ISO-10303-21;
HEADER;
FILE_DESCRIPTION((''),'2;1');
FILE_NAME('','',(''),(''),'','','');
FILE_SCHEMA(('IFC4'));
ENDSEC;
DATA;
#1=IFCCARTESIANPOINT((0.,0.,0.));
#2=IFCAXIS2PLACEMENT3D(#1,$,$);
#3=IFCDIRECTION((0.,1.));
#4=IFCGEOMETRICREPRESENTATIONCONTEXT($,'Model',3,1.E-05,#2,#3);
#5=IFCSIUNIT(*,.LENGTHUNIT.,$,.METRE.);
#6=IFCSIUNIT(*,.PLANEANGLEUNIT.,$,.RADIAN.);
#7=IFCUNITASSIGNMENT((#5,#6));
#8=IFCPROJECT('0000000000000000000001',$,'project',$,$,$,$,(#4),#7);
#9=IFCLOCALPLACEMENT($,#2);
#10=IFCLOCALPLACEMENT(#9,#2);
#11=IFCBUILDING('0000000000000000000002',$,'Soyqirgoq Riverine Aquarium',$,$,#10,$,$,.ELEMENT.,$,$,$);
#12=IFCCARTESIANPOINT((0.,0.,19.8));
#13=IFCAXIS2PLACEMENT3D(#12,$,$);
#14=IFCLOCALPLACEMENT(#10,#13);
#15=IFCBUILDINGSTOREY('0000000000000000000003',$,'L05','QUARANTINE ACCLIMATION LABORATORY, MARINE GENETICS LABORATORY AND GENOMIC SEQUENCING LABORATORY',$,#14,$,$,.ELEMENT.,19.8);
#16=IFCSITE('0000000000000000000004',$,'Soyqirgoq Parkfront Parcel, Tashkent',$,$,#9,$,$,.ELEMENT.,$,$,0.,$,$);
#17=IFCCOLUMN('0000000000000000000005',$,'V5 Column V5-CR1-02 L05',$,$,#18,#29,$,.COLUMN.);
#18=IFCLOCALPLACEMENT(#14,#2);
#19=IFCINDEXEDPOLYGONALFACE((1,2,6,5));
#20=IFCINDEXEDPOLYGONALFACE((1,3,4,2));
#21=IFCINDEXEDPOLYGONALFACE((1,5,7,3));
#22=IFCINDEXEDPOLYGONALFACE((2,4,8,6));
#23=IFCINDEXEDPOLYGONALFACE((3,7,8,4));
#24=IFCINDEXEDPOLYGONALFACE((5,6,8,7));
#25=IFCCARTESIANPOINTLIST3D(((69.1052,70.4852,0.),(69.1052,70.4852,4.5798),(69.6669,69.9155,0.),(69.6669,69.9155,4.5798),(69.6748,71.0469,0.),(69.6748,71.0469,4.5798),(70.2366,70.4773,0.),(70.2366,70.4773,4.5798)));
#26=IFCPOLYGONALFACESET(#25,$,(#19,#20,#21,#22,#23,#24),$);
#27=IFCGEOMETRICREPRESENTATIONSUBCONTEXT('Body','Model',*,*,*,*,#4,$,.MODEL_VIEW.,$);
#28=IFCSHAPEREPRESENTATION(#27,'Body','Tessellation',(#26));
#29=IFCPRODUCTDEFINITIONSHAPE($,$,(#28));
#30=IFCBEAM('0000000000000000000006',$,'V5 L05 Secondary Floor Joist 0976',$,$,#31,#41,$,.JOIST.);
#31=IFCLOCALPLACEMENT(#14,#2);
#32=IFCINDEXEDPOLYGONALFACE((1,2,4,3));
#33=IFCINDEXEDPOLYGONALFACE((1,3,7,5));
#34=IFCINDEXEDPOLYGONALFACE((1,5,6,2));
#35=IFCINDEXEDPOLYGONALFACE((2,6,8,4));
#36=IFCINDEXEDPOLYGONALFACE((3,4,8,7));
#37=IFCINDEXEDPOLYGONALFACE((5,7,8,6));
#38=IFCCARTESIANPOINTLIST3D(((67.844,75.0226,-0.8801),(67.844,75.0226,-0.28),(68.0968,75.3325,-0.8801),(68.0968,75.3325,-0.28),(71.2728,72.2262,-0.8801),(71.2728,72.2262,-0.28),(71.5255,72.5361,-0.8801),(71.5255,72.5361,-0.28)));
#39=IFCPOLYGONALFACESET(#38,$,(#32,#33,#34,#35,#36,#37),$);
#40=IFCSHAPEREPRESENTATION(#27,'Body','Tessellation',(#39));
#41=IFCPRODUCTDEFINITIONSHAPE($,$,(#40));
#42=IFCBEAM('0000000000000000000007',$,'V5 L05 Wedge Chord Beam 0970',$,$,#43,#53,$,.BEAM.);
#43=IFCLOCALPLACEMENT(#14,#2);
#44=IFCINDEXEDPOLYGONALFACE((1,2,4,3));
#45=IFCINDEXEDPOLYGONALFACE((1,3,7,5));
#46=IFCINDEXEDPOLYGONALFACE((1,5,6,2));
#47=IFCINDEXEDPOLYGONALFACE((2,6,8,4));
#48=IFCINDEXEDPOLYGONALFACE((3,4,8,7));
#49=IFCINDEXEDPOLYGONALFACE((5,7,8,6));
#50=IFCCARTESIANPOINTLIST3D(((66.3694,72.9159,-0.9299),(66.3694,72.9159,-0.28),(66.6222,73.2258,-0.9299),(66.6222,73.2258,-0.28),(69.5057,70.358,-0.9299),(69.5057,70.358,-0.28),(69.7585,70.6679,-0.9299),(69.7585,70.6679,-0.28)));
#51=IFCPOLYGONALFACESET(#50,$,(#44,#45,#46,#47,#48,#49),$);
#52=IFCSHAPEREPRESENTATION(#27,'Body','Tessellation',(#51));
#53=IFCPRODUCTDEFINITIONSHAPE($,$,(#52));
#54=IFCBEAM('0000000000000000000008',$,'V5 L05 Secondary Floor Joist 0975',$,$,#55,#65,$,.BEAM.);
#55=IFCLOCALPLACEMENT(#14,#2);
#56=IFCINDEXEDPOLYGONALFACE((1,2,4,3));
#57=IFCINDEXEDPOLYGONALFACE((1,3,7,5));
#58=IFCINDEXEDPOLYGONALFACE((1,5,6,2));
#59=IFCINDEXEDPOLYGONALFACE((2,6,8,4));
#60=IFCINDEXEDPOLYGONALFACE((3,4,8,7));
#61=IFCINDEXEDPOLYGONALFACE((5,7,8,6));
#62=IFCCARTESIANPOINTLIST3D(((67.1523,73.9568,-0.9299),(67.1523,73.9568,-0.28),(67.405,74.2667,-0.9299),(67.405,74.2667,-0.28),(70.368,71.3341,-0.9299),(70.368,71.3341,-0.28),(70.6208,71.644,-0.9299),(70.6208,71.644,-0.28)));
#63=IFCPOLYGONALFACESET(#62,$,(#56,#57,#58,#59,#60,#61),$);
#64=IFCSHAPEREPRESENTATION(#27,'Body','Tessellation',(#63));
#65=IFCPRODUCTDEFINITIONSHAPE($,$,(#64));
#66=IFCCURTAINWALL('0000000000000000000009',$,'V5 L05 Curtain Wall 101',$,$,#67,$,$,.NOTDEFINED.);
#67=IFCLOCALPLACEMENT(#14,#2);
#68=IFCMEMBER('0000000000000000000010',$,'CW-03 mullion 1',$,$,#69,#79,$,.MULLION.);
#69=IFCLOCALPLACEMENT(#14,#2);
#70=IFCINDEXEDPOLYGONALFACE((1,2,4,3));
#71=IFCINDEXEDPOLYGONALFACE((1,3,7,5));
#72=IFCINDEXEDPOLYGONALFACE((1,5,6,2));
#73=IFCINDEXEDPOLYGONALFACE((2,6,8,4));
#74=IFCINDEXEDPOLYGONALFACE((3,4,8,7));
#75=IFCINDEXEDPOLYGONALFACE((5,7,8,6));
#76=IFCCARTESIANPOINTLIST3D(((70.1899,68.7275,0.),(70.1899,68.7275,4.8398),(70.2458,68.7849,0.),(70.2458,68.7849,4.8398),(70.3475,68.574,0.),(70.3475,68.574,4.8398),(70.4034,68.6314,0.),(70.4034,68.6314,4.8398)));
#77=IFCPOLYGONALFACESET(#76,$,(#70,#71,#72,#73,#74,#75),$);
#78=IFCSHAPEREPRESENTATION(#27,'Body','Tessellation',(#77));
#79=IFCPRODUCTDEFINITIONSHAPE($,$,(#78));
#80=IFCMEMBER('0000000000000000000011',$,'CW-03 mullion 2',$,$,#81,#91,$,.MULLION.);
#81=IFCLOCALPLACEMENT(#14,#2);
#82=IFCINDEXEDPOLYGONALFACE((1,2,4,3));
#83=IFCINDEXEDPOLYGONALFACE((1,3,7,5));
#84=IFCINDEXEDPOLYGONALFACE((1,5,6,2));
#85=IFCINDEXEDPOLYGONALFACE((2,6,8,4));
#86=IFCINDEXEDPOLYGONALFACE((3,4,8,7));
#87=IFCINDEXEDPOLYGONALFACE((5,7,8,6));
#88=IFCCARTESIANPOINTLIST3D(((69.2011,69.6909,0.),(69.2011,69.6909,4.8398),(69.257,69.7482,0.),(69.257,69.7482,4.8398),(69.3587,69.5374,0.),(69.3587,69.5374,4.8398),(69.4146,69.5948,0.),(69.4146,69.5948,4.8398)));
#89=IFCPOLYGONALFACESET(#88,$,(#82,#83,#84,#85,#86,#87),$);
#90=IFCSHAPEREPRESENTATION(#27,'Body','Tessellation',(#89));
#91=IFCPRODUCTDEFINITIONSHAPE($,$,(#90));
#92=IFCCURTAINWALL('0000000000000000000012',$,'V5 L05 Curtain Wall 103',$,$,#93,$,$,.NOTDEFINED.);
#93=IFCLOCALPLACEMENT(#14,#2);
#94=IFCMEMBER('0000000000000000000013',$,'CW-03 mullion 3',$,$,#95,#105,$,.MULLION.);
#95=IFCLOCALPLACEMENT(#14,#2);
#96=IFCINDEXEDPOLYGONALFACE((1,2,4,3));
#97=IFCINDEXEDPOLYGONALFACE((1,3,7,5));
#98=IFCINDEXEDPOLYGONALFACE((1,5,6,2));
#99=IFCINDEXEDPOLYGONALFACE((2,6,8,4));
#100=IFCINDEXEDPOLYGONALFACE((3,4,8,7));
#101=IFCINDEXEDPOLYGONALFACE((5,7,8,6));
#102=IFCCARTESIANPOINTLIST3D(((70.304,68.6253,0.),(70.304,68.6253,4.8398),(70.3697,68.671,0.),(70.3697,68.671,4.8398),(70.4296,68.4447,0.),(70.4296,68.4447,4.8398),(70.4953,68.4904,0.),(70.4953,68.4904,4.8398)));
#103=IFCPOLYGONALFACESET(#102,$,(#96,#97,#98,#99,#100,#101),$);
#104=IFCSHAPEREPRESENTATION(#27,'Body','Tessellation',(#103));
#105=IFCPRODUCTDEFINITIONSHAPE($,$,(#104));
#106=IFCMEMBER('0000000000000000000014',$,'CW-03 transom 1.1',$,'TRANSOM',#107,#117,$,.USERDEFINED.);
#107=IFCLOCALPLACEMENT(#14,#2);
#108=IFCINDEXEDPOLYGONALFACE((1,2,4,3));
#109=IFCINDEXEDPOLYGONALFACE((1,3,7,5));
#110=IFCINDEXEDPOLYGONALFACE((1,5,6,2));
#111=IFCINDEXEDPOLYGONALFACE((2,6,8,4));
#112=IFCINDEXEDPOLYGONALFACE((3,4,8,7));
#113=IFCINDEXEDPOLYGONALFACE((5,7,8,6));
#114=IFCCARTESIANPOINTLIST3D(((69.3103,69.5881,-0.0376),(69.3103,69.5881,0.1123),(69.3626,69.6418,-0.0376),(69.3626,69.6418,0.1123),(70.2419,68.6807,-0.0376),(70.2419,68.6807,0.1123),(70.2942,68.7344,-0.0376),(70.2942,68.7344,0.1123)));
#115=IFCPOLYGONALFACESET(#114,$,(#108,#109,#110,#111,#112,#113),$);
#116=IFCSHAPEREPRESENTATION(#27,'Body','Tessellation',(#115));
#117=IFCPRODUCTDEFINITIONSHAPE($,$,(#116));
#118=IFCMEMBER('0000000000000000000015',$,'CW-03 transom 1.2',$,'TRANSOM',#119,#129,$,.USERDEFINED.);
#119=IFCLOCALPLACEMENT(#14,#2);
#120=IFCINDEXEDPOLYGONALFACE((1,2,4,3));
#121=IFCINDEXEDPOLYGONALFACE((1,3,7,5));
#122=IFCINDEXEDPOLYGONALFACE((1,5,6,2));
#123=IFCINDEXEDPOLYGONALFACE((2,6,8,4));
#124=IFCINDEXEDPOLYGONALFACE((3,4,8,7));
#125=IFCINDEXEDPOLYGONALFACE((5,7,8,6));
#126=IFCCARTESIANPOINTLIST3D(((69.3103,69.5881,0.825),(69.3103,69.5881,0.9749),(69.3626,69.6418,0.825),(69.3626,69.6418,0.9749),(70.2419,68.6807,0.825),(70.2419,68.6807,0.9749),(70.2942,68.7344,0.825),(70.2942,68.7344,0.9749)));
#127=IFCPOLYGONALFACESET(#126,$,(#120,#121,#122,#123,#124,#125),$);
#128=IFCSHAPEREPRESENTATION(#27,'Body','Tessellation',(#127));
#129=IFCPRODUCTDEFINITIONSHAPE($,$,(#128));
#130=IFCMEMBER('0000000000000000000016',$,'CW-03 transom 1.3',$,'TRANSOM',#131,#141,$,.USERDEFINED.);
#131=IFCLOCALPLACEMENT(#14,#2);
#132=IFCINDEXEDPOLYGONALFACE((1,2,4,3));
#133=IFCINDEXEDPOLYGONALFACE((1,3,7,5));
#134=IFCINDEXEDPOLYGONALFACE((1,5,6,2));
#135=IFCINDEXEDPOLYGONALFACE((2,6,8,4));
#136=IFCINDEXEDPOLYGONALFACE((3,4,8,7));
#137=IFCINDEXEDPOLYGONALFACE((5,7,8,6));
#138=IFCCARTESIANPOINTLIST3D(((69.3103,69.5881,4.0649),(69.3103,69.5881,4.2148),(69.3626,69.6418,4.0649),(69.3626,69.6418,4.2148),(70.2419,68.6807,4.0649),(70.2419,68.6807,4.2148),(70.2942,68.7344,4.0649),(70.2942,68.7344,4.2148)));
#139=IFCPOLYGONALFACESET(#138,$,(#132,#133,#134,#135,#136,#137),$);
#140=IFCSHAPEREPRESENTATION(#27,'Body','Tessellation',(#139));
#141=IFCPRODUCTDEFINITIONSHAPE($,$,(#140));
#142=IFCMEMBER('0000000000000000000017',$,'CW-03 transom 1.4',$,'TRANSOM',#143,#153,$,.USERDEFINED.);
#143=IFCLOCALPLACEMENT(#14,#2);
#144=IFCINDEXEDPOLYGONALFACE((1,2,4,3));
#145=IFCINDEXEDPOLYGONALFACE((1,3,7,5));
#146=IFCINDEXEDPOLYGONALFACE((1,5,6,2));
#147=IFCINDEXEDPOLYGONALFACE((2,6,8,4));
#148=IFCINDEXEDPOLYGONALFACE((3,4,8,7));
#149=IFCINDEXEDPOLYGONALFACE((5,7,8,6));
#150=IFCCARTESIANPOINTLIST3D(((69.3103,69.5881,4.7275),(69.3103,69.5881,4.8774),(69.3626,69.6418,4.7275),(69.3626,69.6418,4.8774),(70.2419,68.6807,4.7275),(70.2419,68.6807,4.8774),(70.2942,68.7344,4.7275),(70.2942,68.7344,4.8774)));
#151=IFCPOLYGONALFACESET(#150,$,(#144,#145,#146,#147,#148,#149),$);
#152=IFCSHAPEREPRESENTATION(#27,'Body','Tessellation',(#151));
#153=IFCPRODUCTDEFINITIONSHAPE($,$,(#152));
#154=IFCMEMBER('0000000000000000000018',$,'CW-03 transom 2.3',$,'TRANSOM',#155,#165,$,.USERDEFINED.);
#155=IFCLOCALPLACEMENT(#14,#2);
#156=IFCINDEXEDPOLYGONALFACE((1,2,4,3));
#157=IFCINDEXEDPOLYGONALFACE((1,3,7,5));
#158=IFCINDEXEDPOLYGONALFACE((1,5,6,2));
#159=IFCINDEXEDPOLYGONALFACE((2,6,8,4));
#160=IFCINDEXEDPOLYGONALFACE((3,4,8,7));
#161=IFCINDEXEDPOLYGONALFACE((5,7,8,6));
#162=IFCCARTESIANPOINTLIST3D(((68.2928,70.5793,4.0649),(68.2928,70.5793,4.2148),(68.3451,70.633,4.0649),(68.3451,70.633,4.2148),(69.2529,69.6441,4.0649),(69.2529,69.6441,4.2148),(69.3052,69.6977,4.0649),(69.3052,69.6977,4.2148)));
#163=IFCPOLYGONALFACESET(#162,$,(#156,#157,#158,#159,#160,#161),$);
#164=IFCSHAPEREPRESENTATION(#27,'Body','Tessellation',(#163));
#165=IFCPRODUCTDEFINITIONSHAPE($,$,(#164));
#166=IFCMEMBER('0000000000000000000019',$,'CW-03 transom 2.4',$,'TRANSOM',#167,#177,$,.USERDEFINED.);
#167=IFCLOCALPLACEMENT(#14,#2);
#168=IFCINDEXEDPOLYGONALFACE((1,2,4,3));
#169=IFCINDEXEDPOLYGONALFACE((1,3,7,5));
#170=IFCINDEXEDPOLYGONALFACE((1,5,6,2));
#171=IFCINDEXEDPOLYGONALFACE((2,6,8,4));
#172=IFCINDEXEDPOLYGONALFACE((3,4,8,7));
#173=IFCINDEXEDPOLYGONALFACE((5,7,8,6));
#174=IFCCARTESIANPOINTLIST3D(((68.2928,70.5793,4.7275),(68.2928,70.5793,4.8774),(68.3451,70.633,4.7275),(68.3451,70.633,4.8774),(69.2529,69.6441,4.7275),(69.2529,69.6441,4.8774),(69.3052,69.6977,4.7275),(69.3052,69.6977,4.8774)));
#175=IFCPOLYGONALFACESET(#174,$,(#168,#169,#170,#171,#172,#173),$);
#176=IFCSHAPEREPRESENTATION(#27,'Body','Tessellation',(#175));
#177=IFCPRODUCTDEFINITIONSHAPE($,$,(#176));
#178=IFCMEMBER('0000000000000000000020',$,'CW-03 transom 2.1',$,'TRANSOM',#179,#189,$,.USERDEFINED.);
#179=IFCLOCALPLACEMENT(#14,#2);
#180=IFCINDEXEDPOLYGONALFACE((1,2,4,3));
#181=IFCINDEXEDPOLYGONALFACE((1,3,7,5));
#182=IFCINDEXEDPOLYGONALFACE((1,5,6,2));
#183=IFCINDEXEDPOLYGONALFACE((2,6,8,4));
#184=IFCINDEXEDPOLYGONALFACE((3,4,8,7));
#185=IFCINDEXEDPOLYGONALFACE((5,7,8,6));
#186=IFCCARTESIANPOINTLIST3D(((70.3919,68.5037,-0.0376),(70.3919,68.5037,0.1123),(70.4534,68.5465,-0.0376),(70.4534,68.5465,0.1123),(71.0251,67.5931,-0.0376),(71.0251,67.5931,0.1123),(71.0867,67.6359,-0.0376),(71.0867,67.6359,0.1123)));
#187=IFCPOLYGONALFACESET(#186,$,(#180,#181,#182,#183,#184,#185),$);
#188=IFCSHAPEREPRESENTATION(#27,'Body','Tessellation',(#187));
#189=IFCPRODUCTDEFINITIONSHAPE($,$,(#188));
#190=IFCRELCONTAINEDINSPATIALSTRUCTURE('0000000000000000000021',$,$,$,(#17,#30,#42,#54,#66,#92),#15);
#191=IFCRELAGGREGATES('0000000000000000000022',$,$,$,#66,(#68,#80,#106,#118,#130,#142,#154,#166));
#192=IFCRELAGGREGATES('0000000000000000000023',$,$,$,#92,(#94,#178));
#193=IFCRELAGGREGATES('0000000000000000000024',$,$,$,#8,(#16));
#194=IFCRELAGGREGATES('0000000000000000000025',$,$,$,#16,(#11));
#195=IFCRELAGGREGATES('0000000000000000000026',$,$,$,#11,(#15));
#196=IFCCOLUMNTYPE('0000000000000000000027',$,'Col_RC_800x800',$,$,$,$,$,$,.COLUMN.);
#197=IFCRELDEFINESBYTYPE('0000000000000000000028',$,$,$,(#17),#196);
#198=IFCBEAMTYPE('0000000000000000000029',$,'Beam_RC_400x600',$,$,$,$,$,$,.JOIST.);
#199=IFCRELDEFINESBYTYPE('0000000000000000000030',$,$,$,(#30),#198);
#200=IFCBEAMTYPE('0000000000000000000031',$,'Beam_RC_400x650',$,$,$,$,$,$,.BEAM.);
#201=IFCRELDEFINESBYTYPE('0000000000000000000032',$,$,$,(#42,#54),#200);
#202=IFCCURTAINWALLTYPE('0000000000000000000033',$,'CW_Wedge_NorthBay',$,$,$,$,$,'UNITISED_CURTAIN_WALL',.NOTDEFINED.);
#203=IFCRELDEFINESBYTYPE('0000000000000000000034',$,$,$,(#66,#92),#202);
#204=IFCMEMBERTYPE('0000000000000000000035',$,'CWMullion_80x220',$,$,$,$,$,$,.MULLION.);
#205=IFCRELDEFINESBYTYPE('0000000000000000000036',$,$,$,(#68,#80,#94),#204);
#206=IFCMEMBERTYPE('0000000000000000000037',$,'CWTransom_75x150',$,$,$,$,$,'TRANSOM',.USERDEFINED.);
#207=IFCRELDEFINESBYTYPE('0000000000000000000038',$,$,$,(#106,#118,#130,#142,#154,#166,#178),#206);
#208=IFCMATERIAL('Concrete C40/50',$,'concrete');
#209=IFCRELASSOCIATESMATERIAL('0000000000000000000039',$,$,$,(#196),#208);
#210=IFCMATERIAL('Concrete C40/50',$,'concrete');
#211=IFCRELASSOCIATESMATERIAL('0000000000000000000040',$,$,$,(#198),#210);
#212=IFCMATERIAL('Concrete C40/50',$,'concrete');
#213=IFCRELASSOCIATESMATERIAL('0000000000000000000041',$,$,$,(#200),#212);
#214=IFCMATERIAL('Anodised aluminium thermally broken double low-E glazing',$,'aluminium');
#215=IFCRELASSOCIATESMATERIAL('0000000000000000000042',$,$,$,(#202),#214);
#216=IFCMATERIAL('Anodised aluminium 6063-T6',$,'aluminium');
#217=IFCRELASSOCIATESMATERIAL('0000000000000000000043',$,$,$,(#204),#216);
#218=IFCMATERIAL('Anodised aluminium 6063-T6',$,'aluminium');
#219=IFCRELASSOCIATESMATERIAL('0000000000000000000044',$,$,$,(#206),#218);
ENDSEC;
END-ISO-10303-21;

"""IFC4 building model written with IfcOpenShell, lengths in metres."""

from ifc_helpers import new_model, si_unit, direction, frame, origin, origin_2d, place, context, subcontext, project, spatial, rectangle, extrude, material, material_profile, profile_set, type_object, element, aggregate, save


model = new_model("IFC4")

# Units and contexts
model_context = context("Model", 3, precision=1e-05, world=origin(), true_north=direction((0.0, 1.0)))
body_context = subcontext(model_context, "Body", "Model", "MODEL_VIEW")
ifc_project = project(units=[si_unit("LENGTHUNIT", "METRE"), si_unit("PLANEANGLEUNIT", "RADIAN")], contexts=[model_context])

# Site, building, storey
site_placement = place(None, origin())
site = spatial("IfcSite", under=ifc_project, at=site_placement, Name="Soyqirgoq Parkfront Parcel, Tashkent", CompositionType="ELEMENT", RefElevation=0.0)
building_placement = place(site_placement, origin())
building = spatial("IfcBuilding", under=site, at=building_placement, Name="Soyqirgoq Riverine Aquarium", CompositionType="ELEMENT")
storey_placement = place(building_placement, frame((0.0, 0.0, 19.8)))
storey = spatial("IfcBuildingStorey", under=building, at=storey_placement, Name="L05", Description="QUARANTINE ACCLIMATION LABORATORY, MARINE GENETICS LABORATORY AND GENOMIC SEQUENCING LABORATORY", CompositionType="ELEMENT", Elevation=19.8)

# Column
ifc_material_1 = material(Name="Concrete C40/50", Category="concrete")
ifc_material_profile_1 = material_profile(ifc_material_1, rectangle(XDim=0.8, YDim=0.8, at=origin_2d()), Name="RC 800x800")
ifc_profile_set_1 = profile_set([ifc_material_profile_1], Name="Concrete C40/50")
column_type = type_object("IfcColumnType", Name="Col_RC_800x800", PredefinedType="COLUMN", material=ifc_profile_set_1)
column_placement = place(storey_placement, frame((69.6709, 70.4812, 0.0), z_axis=(0.0, 0.0, 1.0), x_axis=(0.712026, 0.702153, 0.0)))
element("IfcColumn", 1, at=column_placement, inside=storey, type_object=column_type, Name="V5 Column V5-CR1-02 L05", PredefinedType="COLUMN", context=body_context, shape_type="SweptSolid", body=[
    extrude(rectangle(XDim=0.8, YDim=0.8, at=origin_2d()), origin(), (0.0, 0.0, 1.0), 4.5798),
])

# Beams
ifc_material_2 = material(Name="Concrete C40/50", Category="concrete")
ifc_material_profile_2 = material_profile(ifc_material_2, rectangle(XDim=0.3999, YDim=0.6001, at=origin_2d()), Name="RC 400x600")
ifc_profile_set_2 = profile_set([ifc_material_profile_2], Name="Concrete C40/50")
beam_type_1 = type_object("IfcBeamType", Name="Beam_RC_400x600", PredefinedType="JOIST", material=ifc_profile_set_2)
beam_1_placement = place(storey_placement, frame((71.3992, 72.3811, -0.5801), z_axis=(-0.774945, 0.632029, 0.0), x_axis=(-0.632029, -0.774945, 0.0)))
element("IfcBeam", 2, at=beam_1_placement, inside=storey, type_object=beam_type_1, Name="V5 L05 Secondary Floor Joist 0976", PredefinedType="JOIST", context=body_context, shape_type="SweptSolid", body=[
    extrude(rectangle(XDim=0.3999, YDim=0.6001, at=origin_2d()), origin(), (0.0, 0.0, 1.0), 4.4246),
])
ifc_material_3 = material(Name="Concrete C40/50", Category="concrete")
ifc_material_profile_3 = material_profile(ifc_material_3, rectangle(XDim=0.3999, YDim=0.6499, at=origin_2d()), Name="RC 400x650")
ifc_profile_set_3 = profile_set([ifc_material_profile_3], Name="Concrete C40/50")
beam_type_2 = type_object("IfcBeamType", Name="Beam_RC_400x650", PredefinedType="BEAM", material=ifc_profile_set_3)
beam_2_placement = place(storey_placement, frame((69.6321, 70.5129, -0.605), z_axis=(-0.774943, 0.632031, 0.0), x_axis=(-0.632031, -0.774943, 0.0)))
element("IfcBeam", 3, at=beam_2_placement, inside=storey, type_object=beam_type_2, Name="V5 L05 Wedge Chord Beam 0970", PredefinedType="BEAM", context=body_context, shape_type="SweptSolid", body=[
    extrude(rectangle(XDim=0.3999, YDim=0.6499, at=origin_2d()), origin(), (0.0, 0.0, 1.0), 4.0471),
])
beam_3_placement = place(storey_placement, frame((70.4944, 71.489, -0.605), z_axis=(-0.774939, 0.632036, 0.0), x_axis=(-0.632036, -0.774939, 0.0)))
element("IfcBeam", 4, at=beam_3_placement, inside=storey, type_object=beam_type_2, Name="V5 L05 Secondary Floor Joist 0975", PredefinedType="BEAM", context=body_context, shape_type="SweptSolid", body=[
    extrude(rectangle(XDim=0.3999, YDim=0.6499, at=origin_2d()), origin(), (0.0, 0.0, 1.0), 4.1497),
])

# Curtain wall, members
ifc_material_4 = material(Name="Anodised aluminium thermally broken double low-E glazing", Category="aluminium")
curtain_wall_type = type_object("IfcCurtainWallType", Name="CW_Wedge_NorthBay", ElementType="UNITISED_CURTAIN_WALL", PredefinedType="NOTDEFINED", material=ifc_material_4)
curtain_wall_1_placement = place(storey_placement, origin())
curtain_wall_1 = element("IfcCurtainWall", 5, at=curtain_wall_1_placement, inside=storey, type_object=curtain_wall_type, Name="V5 L05 Curtain Wall 101", PredefinedType="NOTDEFINED")
ifc_material_5 = material(Name="Anodised aluminium 6063-T6", Category="aluminium")
ifc_material_profile_4 = material_profile(ifc_material_5, rectangle(XDim=0.0801, YDim=0.22, at=origin_2d()), Name="ALU-M 80x220")
ifc_profile_set_4 = profile_set([ifc_material_profile_4], Name="Anodised aluminium 6063-T6")
member_type_1 = type_object("IfcMemberType", Name="CWMullion_80x220", PredefinedType="MULLION", material=ifc_profile_set_4)
member_1_placement = place(storey_placement, frame((70.2966, 68.6794, 0.0), z_axis=(0.0, 0.0, 1.0), x_axis=(-0.69779, -0.716303, 0.0)))
member_1 = element("IfcMember", 6, at=member_1_placement, type_object=member_type_1, Name="CW-03 mullion 1", PredefinedType="MULLION", context=body_context, shape_type="SweptSolid", body=[
    extrude(rectangle(XDim=0.0801, YDim=0.22, at=origin_2d()), origin(), (0.0, 0.0, 1.0), 4.8398),
])
member_2_placement = place(storey_placement, frame((69.3079, 69.6428, 0.0), z_axis=(0.0, 0.0, 1.0), x_axis=(-0.69779, -0.716303, 0.0)))
member_2 = element("IfcMember", 7, at=member_2_placement, type_object=member_type_1, Name="CW-03 mullion 2", PredefinedType="MULLION", context=body_context, shape_type="SweptSolid", body=[
    extrude(rectangle(XDim=0.0801, YDim=0.22, at=origin_2d()), origin(), (0.0, 0.0, 1.0), 4.8398),
])

# Curtain wall, member
curtain_wall_2_placement = place(storey_placement, origin())
curtain_wall_2 = element("IfcCurtainWall", 8, at=curtain_wall_2_placement, inside=storey, type_object=curtain_wall_type, Name="V5 L05 Curtain Wall 103", PredefinedType="NOTDEFINED")
member_3_placement = place(storey_placement, frame((70.3997, 68.5579, 0.0), z_axis=(0.0, 0.0, 1.0), x_axis=(-0.820956, -0.570992, 0.0)))
member_3 = element("IfcMember", 9, at=member_3_placement, type_object=member_type_1, Name="CW-03 mullion 3", PredefinedType="MULLION", context=body_context, shape_type="SweptSolid", body=[
    extrude(rectangle(XDim=0.0801, YDim=0.22, at=origin_2d()), origin(), (0.0, 0.0, 1.0), 4.8398),
])

# Members
ifc_material_6 = material(Name="Anodised aluminium 6063-T6", Category="aluminium")
ifc_material_profile_5 = material_profile(ifc_material_6, rectangle(XDim=0.075, YDim=0.1499, at=origin_2d()), Name="ALU-T 75x150")
ifc_profile_set_5 = profile_set([ifc_material_profile_5], Name="Anodised aluminium 6063-T6")
member_type_2 = type_object("IfcMemberType", Name="CWTransom_75x150", ElementType="TRANSOM", PredefinedType="USERDEFINED", material=ifc_profile_set_5)
member_4_placement = place(storey_placement, frame((70.2681, 68.7075, 0.0374), z_axis=(-0.716338, 0.697754, 0.0), x_axis=(-0.697754, -0.716338, 0.0)))
member_4 = element("IfcMember", 10, at=member_4_placement, type_object=member_type_2, Name="CW-03 transom 1.1", ObjectType="TRANSOM", PredefinedType="USERDEFINED", context=body_context, shape_type="SweptSolid", body=[
    extrude(rectangle(XDim=0.075, YDim=0.1499, at=origin_2d()), origin(), (0.0, 0.0, 1.0), 1.3005),
])
member_5_placement = place(storey_placement, frame((70.2681, 68.7075, 0.8999), z_axis=(-0.716338, 0.697754, 0.0), x_axis=(-0.697754, -0.716338, 0.0)))
member_5 = element("IfcMember", 11, at=member_5_placement, type_object=member_type_2, Name="CW-03 transom 1.2", ObjectType="TRANSOM", PredefinedType="USERDEFINED", context=body_context, shape_type="SweptSolid", body=[
    extrude(rectangle(XDim=0.075, YDim=0.1499, at=origin_2d()), origin(), (0.0, 0.0, 1.0), 1.3005),
])
member_6_placement = place(storey_placement, frame((70.2681, 68.7075, 4.1399), z_axis=(-0.716338, 0.697754, 0.0), x_axis=(-0.697754, -0.716338, 0.0)))
member_6 = element("IfcMember", 12, at=member_6_placement, type_object=member_type_2, Name="CW-03 transom 1.3", ObjectType="TRANSOM", PredefinedType="USERDEFINED", context=body_context, shape_type="SweptSolid", body=[
    extrude(rectangle(XDim=0.075, YDim=0.1499, at=origin_2d()), origin(), (0.0, 0.0, 1.0), 1.3005),
])
member_7_placement = place(storey_placement, frame((70.2681, 68.7075, 4.8025), z_axis=(-0.716338, 0.697754, 0.0), x_axis=(-0.697754, -0.716338, 0.0)))
member_7 = element("IfcMember", 13, at=member_7_placement, type_object=member_type_2, Name="CW-03 transom 1.4", ObjectType="TRANSOM", PredefinedType="USERDEFINED", context=body_context, shape_type="SweptSolid", body=[
    extrude(rectangle(XDim=0.075, YDim=0.1499, at=origin_2d()), origin(), (0.0, 0.0, 1.0), 1.3005),
])
member_8_placement = place(storey_placement, frame((69.2791, 69.6709, 4.1399), z_axis=(-0.716335, 0.697757, 0.0), x_axis=(-0.697757, -0.716335, 0.0)))
member_8 = element("IfcMember", 14, at=member_8_placement, type_object=member_type_2, Name="CW-03 transom 2.3", ObjectType="TRANSOM", PredefinedType="USERDEFINED", context=body_context, shape_type="SweptSolid", body=[
    extrude(rectangle(XDim=0.075, YDim=0.1499, at=origin_2d()), origin(), (0.0, 0.0, 1.0), 1.3403),
])
member_9_placement = place(storey_placement, frame((69.2791, 69.6709, 4.8025), z_axis=(-0.716335, 0.697757, 0.0), x_axis=(-0.697757, -0.716335, 0.0)))
member_9 = element("IfcMember", 15, at=member_9_placement, type_object=member_type_2, Name="CW-03 transom 2.4", ObjectType="TRANSOM", PredefinedType="USERDEFINED", context=body_context, shape_type="SweptSolid", body=[
    extrude(rectangle(XDim=0.075, YDim=0.1499, at=origin_2d()), origin(), (0.0, 0.0, 1.0), 1.3403),
])
member_10_placement = place(storey_placement, frame((71.0559, 67.6145, 0.0374), z_axis=(-0.570948, 0.820986, 0.0), x_axis=(-0.820986, -0.570948, 0.0)))
member_10 = element("IfcMember", 16, at=member_10_placement, type_object=member_type_2, Name="CW-03 transom 2.1", ObjectType="TRANSOM", PredefinedType="USERDEFINED", context=body_context, shape_type="SweptSolid", body=[
    extrude(rectangle(XDim=0.075, YDim=0.1499, at=origin_2d()), origin(), (0.0, 0.0, 1.0), 1.1091),
])

aggregate(curtain_wall_1, [member_1, member_2, member_4, member_5, member_6, member_7, member_8, member_9])
aggregate(curtain_wall_2, [member_3, member_10])

save(model, "model.ifc")
